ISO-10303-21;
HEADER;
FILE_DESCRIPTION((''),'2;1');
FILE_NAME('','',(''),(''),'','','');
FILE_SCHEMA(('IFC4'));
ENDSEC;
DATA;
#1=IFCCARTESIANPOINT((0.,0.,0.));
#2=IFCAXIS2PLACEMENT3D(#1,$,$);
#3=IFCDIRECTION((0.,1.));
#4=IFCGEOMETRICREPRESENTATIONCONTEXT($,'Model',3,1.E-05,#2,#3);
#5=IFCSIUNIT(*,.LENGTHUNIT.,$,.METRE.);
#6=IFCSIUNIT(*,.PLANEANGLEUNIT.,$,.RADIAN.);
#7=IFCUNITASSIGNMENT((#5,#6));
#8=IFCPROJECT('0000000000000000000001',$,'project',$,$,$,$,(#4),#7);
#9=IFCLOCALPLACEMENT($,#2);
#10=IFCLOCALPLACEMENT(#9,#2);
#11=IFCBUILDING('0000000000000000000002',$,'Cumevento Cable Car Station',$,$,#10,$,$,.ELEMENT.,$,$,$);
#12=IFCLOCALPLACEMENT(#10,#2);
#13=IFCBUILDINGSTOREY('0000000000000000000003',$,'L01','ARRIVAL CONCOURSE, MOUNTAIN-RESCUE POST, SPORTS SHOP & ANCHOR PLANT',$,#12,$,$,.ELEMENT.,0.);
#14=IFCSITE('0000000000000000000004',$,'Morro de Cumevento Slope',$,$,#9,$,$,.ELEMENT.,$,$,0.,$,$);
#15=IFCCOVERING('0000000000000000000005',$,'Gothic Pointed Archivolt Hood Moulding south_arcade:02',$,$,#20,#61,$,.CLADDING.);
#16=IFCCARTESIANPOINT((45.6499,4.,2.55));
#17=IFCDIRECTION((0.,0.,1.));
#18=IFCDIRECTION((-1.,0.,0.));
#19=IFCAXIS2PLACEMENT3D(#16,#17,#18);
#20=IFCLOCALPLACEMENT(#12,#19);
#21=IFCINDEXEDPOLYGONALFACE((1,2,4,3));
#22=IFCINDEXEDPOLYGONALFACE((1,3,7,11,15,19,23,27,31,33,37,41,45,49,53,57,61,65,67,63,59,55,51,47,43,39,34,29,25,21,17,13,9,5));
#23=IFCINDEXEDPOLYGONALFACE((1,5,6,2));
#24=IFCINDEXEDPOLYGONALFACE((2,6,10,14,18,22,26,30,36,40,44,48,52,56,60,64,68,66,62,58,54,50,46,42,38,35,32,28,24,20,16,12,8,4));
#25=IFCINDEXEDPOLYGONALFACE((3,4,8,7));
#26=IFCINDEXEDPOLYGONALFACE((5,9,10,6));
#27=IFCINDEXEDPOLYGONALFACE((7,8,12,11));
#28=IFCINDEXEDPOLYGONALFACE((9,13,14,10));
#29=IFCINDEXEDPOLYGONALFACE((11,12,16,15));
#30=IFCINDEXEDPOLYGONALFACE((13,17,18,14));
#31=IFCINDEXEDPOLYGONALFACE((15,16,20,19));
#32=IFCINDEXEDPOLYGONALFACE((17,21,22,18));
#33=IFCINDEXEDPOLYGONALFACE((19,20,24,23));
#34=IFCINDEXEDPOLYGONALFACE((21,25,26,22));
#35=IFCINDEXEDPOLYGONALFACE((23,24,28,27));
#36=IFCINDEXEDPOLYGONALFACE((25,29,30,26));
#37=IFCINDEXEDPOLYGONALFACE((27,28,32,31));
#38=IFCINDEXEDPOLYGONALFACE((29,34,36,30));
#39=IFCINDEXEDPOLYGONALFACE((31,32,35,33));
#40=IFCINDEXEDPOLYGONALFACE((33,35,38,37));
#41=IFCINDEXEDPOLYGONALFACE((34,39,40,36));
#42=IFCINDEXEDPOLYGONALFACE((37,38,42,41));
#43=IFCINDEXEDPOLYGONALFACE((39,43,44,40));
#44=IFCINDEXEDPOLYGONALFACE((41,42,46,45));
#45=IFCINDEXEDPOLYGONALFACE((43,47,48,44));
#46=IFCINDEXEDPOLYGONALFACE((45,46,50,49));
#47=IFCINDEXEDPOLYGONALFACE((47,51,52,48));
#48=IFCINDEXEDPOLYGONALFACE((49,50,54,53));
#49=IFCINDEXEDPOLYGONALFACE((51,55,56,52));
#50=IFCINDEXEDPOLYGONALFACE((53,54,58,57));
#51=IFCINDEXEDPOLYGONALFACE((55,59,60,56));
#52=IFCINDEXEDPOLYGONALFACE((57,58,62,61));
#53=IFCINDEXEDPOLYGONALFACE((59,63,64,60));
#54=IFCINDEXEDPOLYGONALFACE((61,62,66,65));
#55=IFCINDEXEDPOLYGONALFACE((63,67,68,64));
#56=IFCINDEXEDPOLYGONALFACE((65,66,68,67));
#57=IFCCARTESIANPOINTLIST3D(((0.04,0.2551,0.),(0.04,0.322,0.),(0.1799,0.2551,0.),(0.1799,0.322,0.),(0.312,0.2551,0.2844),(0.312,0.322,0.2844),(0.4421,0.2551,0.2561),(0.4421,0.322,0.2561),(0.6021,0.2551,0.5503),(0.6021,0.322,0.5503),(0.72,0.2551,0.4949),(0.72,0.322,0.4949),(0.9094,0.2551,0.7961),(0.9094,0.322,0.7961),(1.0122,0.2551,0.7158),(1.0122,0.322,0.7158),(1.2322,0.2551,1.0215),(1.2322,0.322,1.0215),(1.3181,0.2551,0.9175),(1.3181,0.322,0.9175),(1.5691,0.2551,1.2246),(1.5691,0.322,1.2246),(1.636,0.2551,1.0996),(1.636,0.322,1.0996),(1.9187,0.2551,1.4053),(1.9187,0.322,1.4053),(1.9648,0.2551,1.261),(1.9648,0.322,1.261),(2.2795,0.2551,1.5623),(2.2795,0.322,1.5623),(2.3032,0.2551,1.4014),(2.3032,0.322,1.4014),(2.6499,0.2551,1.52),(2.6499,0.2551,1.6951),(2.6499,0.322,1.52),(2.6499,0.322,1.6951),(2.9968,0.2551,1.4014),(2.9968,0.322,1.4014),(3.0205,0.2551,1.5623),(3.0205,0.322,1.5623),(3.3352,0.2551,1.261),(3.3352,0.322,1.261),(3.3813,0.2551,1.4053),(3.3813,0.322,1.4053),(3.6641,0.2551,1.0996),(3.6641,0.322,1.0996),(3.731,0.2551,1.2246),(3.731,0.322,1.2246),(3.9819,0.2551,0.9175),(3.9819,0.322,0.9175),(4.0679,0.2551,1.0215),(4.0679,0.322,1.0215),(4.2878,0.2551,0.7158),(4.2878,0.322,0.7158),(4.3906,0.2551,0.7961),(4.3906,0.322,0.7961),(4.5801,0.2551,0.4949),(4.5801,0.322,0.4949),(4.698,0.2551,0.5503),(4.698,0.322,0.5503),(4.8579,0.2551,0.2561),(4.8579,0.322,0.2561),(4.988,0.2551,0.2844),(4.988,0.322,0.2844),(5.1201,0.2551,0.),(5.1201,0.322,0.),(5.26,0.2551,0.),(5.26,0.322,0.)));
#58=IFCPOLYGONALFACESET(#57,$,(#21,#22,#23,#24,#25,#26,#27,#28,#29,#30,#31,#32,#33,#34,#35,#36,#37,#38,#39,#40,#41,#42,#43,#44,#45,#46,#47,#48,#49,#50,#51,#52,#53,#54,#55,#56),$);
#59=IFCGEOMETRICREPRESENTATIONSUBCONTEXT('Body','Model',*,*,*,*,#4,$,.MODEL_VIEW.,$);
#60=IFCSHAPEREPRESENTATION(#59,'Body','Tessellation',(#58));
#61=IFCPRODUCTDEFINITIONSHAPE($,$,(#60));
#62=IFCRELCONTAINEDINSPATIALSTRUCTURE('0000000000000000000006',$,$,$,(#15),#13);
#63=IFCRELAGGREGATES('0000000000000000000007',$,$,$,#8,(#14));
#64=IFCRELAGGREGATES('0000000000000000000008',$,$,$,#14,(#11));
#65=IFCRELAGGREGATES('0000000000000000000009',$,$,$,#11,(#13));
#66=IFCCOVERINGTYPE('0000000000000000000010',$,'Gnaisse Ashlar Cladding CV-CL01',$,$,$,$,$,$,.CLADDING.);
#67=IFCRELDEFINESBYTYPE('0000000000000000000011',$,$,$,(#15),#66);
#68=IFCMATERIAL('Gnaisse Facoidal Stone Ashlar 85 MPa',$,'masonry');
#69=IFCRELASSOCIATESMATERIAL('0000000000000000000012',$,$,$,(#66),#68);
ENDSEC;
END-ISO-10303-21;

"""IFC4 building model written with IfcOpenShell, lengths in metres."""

from ifc_helpers import new_model, si_unit, direction, frame, origin, place, context, subcontext, project, spatial, polyline, outline, extrude, material, type_object, element, save


model = new_model("IFC4")

# Units and contexts
model_context = context("Model", 3, precision=1e-05, world=origin(), true_north=direction((0.0, 1.0)))
body_context = subcontext(model_context, "Body", "Model", "MODEL_VIEW")
ifc_project = project(units=[si_unit("LENGTHUNIT", "METRE"), si_unit("PLANEANGLEUNIT", "RADIAN")], contexts=[model_context])

# Site, building, storey
site_placement = place(None, origin())
site = spatial("IfcSite", under=ifc_project, at=site_placement, Name="Morro de Cumevento Slope", CompositionType="ELEMENT", RefElevation=0.0)
building_placement = place(site_placement, origin())
building = spatial("IfcBuilding", under=site, at=building_placement, Name="Cumevento Cable Car Station", CompositionType="ELEMENT")
storey_placement = place(building_placement, origin())
storey = spatial("IfcBuildingStorey", under=building, at=storey_placement, Name="L01", Description="ARRIVAL CONCOURSE, MOUNTAIN-RESCUE POST, SPORTS SHOP & ANCHOR PLANT", CompositionType="ELEMENT", Elevation=0.0)

# Covering
ifc_material_1 = material(Name="Gnaisse Facoidal Stone Ashlar 85 MPa", Category="masonry")
covering_type = type_object("IfcCoveringType", Name="Gnaisse Ashlar Cladding CV-CL01", PredefinedType="CLADDING", material=ifc_material_1)
for number, where, z_axis, x_axis, name in (
    (1, (45.6499, 4.0, 2.55), (0.0, 0.0, 1.0), (-1.0, 0.0, 0.0), "Gothic Pointed Archivolt Hood Moulding south_arcade:02"),
):
    element("IfcCovering", number, at=place(storey_placement, frame(where, z_axis=z_axis, x_axis=x_axis)), inside=storey, type_object=covering_type, Name=name, PredefinedType="CLADDING", context=body_context, shape_type="SweptSolid", body=[
        extrude(outline(polyline([(0.1799, 0.0), (0.4421, 0.2561), (0.72, 0.4949), (1.0122, 0.7158), (1.3181, 0.9175), (1.636, 1.0996), (1.9648, 1.261), (2.3032, 1.4014), (2.6499, 1.52), (2.9968, 1.4014), (3.3352, 1.261), (3.6641, 1.0996), (3.9819, 0.9175), (4.2878, 0.7158), (4.5801, 0.4949), (4.8579, 0.2561), (5.1201, 0.0), (5.26, 0.0), (4.988, 0.2844), (4.698, 0.5503), (4.3906, 0.7961), (4.0679, 1.0215), (3.731, 1.2246), (3.3813, 1.4053), (3.0205, 1.5623), (2.6499, 1.6951), (2.2795, 1.5623), (1.9187, 1.4053), (1.5691, 1.2246), (1.2322, 1.0215), (0.9094, 0.7961), (0.6021, 0.5503), (0.312, 0.2844), (0.04, 0.0), (0.1799, 0.0)])), frame((0.0, 0.322, 0.0), z_axis=(0.0, -1.0, 0.0), x_axis=(1.0, 0.0, 0.0)), (0.0, 0.0, 1.0), 0.0669),
    ])

save(model, "model.ifc")
